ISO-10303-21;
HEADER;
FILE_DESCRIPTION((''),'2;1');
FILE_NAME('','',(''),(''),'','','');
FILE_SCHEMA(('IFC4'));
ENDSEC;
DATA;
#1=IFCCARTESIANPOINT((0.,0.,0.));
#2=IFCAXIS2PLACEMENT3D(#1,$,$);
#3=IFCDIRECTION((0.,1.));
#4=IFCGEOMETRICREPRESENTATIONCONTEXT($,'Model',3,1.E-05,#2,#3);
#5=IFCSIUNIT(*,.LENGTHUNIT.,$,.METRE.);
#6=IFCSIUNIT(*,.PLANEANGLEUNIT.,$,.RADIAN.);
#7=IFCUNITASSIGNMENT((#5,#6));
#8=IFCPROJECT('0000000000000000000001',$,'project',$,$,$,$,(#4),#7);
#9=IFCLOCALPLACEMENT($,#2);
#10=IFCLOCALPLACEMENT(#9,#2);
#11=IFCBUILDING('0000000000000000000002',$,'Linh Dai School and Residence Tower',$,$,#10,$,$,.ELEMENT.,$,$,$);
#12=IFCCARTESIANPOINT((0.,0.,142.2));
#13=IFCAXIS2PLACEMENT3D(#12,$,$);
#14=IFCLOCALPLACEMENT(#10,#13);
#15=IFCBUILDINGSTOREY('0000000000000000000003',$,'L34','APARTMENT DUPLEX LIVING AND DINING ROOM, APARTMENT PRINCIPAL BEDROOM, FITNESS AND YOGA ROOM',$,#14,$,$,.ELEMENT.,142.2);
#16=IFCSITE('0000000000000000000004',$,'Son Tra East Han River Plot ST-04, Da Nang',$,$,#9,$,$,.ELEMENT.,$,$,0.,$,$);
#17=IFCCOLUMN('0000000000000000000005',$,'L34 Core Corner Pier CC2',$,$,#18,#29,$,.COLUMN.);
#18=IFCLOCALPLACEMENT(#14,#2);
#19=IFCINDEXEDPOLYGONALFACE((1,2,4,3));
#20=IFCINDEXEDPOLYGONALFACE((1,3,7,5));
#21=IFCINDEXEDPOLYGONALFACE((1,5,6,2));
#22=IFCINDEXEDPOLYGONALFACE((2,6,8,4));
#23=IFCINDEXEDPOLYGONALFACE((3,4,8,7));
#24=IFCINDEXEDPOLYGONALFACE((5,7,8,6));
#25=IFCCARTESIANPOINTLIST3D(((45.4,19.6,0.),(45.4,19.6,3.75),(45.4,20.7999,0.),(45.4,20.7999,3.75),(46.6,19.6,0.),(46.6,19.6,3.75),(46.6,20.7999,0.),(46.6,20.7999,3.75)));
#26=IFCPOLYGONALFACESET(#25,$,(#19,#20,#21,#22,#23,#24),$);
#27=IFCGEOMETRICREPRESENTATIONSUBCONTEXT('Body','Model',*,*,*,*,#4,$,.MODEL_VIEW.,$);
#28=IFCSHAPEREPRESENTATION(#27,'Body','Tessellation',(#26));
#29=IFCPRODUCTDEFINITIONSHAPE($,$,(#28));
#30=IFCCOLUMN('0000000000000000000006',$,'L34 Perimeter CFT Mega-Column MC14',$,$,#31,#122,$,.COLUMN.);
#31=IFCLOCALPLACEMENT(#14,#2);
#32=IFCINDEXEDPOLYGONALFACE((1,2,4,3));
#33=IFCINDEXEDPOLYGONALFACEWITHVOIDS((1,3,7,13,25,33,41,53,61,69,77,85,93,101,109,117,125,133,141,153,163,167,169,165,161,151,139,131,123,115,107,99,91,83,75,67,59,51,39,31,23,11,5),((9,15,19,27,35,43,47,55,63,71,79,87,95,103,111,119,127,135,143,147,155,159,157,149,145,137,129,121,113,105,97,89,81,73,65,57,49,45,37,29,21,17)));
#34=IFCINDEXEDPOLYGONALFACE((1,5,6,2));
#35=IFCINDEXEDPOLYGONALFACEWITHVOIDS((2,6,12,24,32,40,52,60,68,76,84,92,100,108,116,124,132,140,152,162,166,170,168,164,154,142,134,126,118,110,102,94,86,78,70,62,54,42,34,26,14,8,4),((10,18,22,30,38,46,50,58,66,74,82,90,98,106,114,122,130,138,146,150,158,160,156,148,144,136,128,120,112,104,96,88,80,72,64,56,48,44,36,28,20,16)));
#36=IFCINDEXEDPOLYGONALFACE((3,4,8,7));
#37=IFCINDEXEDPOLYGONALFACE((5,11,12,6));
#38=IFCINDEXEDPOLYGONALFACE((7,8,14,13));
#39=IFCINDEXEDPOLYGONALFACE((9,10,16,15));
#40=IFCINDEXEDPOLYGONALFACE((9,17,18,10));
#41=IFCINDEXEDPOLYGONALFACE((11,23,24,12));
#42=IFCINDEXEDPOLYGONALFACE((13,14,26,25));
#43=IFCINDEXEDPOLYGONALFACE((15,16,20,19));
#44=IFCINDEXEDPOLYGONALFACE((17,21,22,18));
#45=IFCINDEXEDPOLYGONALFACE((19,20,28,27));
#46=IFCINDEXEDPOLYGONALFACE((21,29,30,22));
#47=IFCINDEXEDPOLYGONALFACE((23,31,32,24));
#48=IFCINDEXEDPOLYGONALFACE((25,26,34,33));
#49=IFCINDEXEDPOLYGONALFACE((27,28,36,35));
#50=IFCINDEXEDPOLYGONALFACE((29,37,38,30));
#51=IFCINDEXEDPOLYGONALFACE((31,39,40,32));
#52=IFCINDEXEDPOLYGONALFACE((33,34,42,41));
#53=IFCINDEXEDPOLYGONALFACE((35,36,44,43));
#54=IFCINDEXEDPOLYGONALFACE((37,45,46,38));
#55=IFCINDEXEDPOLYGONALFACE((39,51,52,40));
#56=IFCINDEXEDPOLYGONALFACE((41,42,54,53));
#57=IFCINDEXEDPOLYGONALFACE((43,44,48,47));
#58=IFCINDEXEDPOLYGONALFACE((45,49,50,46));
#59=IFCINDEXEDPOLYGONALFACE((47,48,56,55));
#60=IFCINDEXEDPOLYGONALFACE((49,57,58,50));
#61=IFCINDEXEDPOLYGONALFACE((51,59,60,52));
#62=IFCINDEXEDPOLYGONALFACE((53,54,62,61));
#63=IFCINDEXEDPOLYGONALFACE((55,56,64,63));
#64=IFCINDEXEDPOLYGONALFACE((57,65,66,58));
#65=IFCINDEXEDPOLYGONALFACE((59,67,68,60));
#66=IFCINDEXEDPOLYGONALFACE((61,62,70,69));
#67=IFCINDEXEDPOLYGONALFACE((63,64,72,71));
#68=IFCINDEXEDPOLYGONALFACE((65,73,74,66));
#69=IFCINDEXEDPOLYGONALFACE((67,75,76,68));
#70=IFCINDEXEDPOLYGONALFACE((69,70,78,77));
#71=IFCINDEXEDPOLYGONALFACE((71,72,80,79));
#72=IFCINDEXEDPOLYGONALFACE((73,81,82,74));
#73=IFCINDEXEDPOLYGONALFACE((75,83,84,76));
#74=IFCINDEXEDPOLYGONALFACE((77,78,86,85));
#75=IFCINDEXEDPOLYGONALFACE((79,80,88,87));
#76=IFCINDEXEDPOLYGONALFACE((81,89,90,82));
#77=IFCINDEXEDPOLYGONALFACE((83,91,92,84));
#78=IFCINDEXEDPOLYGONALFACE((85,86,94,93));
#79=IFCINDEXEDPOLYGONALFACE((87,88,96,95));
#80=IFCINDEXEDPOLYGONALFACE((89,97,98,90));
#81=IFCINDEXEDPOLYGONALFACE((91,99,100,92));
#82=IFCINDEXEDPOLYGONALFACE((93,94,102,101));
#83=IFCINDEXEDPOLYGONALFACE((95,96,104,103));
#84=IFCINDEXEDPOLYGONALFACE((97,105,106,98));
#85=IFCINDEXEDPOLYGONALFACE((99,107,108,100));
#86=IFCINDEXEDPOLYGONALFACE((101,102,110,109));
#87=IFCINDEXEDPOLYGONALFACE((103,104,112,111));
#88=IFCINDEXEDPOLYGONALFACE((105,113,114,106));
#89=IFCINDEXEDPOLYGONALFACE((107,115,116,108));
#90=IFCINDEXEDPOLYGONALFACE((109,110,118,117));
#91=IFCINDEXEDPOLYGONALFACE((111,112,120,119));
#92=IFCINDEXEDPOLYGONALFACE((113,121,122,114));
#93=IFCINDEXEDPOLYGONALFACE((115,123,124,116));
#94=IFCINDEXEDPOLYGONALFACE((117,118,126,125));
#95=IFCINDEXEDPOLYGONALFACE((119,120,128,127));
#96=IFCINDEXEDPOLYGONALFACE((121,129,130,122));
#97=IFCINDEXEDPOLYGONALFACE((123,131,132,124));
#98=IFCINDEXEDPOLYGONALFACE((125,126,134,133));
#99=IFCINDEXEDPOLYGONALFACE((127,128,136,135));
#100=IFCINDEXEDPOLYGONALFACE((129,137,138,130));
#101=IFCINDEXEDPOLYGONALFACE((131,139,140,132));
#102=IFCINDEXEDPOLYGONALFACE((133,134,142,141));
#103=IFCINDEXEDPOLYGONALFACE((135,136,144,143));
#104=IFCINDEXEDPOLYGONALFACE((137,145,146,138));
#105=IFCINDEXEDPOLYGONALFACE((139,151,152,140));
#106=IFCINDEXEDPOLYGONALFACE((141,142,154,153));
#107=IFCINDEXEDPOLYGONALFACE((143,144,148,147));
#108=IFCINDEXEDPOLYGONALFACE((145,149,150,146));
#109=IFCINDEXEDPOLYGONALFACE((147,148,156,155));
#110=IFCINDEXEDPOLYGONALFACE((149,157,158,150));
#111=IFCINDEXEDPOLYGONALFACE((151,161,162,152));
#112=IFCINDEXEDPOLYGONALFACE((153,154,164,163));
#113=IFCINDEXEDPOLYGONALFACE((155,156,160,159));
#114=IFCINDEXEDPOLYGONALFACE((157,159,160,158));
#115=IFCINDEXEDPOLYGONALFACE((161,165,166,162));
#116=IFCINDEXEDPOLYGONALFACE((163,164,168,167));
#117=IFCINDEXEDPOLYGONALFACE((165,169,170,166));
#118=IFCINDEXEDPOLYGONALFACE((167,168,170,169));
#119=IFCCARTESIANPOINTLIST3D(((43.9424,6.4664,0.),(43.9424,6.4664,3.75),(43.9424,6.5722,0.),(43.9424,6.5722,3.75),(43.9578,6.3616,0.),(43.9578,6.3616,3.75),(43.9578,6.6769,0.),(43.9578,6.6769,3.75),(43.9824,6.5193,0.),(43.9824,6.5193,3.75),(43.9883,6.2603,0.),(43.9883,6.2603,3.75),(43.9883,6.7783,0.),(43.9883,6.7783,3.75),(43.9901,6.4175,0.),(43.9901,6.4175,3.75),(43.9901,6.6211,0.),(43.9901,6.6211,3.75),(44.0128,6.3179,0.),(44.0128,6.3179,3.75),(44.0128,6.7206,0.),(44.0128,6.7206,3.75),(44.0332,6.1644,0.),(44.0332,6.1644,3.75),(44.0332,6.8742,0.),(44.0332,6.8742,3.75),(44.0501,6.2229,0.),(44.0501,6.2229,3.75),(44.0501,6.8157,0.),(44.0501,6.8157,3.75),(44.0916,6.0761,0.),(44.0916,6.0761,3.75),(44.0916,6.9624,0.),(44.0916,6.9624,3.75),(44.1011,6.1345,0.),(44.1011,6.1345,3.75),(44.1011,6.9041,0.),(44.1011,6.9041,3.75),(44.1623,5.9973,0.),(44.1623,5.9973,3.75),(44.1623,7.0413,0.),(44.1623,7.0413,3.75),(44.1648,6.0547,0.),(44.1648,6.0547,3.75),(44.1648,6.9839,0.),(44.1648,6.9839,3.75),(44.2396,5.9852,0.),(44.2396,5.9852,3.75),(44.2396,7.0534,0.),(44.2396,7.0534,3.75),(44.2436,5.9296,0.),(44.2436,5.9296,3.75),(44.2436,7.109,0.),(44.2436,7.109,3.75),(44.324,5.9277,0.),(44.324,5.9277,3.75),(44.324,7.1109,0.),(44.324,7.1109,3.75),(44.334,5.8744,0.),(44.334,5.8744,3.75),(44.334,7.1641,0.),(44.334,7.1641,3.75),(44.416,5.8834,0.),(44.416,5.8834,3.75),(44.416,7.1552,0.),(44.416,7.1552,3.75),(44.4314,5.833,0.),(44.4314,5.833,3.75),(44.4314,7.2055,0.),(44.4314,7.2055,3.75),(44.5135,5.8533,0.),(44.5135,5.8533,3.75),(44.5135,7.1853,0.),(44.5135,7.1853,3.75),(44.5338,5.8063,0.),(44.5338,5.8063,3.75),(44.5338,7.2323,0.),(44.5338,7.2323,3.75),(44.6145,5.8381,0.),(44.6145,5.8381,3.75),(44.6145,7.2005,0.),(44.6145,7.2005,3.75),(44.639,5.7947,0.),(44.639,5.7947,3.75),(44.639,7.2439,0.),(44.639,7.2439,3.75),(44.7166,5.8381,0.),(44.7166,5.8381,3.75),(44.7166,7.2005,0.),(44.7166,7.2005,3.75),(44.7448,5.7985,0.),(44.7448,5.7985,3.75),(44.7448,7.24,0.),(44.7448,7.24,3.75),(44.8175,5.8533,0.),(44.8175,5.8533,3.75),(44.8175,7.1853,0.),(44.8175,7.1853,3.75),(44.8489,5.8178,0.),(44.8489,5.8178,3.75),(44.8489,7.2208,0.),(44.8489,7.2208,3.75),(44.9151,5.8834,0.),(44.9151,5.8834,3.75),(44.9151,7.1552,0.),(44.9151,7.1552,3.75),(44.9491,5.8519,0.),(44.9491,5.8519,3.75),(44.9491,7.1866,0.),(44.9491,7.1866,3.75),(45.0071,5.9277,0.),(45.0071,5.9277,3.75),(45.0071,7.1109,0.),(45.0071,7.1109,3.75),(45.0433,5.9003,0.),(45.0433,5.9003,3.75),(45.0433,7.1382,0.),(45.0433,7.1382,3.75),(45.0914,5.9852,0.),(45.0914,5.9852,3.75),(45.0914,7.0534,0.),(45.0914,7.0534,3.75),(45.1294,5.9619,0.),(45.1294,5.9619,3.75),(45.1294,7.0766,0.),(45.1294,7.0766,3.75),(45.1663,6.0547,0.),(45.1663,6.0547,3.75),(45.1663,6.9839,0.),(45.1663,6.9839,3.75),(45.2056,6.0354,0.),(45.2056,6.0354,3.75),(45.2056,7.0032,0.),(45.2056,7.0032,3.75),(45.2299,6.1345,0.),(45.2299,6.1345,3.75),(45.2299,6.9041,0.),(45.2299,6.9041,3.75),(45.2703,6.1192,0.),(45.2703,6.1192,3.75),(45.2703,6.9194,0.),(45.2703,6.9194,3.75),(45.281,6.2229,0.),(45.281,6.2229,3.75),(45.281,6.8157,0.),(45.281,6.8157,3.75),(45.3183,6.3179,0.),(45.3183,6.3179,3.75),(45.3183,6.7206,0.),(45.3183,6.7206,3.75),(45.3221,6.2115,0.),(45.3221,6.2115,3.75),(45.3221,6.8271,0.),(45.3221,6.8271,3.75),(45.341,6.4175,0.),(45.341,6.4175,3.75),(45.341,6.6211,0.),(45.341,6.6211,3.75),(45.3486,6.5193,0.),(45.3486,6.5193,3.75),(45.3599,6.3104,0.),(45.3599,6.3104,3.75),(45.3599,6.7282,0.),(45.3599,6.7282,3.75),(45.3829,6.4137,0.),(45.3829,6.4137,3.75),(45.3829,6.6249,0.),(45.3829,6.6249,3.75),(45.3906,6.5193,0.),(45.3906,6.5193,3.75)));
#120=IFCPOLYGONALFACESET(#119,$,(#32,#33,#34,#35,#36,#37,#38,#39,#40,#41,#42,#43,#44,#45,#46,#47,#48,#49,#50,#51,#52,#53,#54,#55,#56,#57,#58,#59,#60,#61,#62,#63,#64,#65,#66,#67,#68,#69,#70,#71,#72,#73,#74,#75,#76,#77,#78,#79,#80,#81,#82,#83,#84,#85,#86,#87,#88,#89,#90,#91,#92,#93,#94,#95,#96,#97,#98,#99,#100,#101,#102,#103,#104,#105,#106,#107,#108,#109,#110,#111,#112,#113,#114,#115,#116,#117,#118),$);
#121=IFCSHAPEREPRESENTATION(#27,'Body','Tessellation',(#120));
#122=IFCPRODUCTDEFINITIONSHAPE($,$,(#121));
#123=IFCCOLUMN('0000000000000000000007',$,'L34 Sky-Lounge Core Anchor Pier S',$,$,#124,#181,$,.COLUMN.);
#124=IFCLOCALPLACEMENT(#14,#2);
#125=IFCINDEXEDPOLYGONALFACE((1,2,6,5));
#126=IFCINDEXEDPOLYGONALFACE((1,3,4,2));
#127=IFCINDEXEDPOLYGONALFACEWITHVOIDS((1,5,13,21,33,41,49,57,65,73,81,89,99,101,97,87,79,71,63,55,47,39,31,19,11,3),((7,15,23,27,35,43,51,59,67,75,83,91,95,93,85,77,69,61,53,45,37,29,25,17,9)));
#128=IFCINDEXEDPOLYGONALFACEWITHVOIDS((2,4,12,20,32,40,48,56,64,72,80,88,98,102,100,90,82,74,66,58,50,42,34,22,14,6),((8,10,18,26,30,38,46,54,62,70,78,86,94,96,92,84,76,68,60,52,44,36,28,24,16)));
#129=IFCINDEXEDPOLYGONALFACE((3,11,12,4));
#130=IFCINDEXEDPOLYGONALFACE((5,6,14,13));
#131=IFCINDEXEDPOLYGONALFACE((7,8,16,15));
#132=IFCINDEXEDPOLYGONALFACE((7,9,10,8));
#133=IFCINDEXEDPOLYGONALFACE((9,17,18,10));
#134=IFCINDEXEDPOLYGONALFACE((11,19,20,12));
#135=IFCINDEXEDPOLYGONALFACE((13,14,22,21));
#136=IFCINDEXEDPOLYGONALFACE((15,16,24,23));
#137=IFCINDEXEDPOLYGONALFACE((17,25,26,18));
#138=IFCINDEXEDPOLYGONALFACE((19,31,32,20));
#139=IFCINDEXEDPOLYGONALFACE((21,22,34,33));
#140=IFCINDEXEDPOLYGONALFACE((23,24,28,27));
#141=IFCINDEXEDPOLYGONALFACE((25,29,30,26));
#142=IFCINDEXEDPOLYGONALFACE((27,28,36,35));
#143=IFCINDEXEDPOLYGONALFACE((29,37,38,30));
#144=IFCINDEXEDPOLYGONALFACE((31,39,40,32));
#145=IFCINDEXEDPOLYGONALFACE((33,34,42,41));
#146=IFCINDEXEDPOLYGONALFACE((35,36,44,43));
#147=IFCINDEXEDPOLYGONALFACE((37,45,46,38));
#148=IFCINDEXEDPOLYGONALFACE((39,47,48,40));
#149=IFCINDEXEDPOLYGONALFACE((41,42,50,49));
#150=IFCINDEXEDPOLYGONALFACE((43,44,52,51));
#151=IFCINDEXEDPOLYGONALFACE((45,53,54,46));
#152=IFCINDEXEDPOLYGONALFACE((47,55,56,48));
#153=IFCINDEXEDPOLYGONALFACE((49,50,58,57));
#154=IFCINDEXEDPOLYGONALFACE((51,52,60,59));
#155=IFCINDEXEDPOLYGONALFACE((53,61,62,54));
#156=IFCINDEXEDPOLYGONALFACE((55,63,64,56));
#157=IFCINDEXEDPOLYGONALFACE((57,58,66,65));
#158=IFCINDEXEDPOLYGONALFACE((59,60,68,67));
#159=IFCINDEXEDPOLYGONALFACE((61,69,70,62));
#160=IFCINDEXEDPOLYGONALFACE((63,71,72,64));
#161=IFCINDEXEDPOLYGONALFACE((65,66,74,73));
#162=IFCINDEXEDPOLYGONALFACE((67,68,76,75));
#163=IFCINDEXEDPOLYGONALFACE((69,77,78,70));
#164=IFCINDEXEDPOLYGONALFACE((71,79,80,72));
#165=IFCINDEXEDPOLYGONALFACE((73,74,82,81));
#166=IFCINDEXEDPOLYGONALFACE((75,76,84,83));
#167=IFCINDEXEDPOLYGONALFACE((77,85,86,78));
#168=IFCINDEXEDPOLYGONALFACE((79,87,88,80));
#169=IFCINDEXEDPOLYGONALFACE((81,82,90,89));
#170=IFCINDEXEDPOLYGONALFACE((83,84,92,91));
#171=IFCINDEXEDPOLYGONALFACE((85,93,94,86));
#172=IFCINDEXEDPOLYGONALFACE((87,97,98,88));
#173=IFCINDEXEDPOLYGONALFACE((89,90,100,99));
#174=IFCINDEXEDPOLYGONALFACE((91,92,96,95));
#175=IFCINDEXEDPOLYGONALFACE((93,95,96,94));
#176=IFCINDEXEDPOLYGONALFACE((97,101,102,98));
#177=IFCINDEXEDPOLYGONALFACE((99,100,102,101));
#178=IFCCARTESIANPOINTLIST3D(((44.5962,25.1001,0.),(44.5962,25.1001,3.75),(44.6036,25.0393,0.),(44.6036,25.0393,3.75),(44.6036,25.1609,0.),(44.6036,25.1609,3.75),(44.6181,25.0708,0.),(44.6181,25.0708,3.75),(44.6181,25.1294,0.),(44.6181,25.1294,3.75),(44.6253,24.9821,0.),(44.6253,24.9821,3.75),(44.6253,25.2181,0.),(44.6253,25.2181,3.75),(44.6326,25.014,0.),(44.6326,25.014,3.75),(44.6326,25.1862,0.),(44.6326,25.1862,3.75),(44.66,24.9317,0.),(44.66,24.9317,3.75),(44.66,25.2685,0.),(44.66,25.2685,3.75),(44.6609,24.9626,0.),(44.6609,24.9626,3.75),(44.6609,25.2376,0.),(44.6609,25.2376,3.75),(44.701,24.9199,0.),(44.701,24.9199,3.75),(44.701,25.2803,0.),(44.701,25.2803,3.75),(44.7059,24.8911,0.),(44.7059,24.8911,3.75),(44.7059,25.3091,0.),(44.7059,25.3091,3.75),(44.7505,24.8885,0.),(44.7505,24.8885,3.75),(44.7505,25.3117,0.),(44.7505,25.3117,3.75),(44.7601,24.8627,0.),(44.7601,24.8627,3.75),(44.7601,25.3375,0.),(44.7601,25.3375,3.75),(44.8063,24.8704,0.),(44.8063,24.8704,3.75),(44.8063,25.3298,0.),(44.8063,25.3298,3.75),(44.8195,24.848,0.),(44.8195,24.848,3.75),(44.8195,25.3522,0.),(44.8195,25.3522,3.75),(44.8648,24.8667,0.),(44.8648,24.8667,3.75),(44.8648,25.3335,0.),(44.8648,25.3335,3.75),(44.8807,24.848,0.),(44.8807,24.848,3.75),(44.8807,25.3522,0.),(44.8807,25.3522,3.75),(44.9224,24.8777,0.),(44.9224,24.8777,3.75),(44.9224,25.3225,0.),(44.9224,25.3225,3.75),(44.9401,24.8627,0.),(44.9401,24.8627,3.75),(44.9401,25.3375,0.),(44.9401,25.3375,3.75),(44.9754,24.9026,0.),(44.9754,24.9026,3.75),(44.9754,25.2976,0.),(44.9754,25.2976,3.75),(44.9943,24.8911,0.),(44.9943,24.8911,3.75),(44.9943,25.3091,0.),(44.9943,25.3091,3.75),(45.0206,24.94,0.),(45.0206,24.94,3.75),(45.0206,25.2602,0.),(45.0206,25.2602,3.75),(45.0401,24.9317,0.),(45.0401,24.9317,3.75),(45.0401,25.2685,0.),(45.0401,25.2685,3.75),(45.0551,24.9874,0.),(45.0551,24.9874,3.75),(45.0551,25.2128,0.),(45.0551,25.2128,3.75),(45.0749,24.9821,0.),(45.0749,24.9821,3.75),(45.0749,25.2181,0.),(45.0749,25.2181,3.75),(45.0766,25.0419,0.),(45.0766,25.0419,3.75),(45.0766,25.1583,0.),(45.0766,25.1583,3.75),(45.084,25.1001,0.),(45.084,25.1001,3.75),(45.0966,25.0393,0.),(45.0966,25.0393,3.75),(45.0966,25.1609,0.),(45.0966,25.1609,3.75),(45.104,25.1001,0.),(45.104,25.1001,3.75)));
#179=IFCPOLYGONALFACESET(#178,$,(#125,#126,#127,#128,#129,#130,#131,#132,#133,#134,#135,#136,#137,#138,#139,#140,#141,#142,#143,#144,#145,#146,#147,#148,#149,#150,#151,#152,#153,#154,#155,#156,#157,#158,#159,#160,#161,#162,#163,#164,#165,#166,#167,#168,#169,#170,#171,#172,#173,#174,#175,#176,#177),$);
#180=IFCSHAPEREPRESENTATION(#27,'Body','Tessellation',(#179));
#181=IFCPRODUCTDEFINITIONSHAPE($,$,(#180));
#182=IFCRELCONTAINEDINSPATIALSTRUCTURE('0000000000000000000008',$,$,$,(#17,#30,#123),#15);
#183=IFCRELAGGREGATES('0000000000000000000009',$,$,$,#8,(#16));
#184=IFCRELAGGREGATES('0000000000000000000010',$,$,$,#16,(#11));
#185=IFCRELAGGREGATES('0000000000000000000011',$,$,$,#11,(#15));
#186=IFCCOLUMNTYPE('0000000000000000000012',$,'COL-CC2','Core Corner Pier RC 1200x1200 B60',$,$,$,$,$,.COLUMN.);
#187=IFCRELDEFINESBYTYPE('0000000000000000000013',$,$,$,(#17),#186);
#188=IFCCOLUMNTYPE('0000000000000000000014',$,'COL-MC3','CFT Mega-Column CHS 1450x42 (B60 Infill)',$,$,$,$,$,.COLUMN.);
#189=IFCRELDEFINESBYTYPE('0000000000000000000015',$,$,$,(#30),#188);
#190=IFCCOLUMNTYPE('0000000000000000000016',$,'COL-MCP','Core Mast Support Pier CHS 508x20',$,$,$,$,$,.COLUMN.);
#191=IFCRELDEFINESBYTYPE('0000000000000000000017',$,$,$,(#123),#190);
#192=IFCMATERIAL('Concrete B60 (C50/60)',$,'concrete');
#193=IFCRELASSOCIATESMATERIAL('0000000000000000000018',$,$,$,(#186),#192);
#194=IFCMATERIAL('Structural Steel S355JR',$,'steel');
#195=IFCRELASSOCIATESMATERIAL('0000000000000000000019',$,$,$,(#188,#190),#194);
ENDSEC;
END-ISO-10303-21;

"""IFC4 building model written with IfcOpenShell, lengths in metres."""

from ifc_helpers import new_model, si_unit, direction, frame, origin, origin_2d, place, context, subcontext, project, spatial, rectangle, hollow_circle, extrude, material, material_profile, profile_set, type_object, element, save


model = new_model("IFC4")

# Units and contexts
model_context = context("Model", 3, precision=1e-05, world=origin(), true_north=direction((0.0, 1.0)))
body_context = subcontext(model_context, "Body", "Model", "MODEL_VIEW")
ifc_project = project(units=[si_unit("LENGTHUNIT", "METRE"), si_unit("PLANEANGLEUNIT", "RADIAN")], contexts=[model_context])

# Site, building, storey
site_placement = place(None, origin())
site = spatial("IfcSite", under=ifc_project, at=site_placement, Name="Son Tra East Han River Plot ST-04, Da Nang", CompositionType="ELEMENT", RefElevation=0.0)
building_placement = place(site_placement, origin())
building = spatial("IfcBuilding", under=site, at=building_placement, Name="Linh Dai School and Residence Tower", CompositionType="ELEMENT")
storey_placement = place(building_placement, frame((0.0, 0.0, 142.2)))
storey = spatial("IfcBuildingStorey", under=building, at=storey_placement, Name="L34", Description="APARTMENT DUPLEX LIVING AND DINING ROOM, APARTMENT PRINCIPAL BEDROOM, FITNESS AND YOGA ROOM", CompositionType="ELEMENT", Elevation=142.2)

# Columns
ifc_material_1 = material(Name="Concrete B60 (C50/60)", Category="concrete")
ifc_material_profile_1 = material_profile(ifc_material_1, rectangle(XDim=1.2, YDim=1.2, at=origin_2d()), Name="RC 1200x1200")
ifc_profile_set_1 = profile_set([ifc_material_profile_1], Name="Concrete B60 (C50/60)")
column_type_1 = type_object("IfcColumnType", Name="COL-CC2", Description="Core Corner Pier RC 1200x1200 B60", PredefinedType="COLUMN", material=ifc_profile_set_1)
column_1_placement = place(storey_placement, frame((46.0, 20.2, 0.0), z_axis=(0.0, 0.0, 1.0), x_axis=(1.0, 0.0, 0.0)))
element("IfcColumn", 1, at=column_1_placement, inside=storey, type_object=column_type_1, Name="L34 Core Corner Pier CC2", PredefinedType="COLUMN", context=body_context, shape_type="SweptSolid", body=[
    extrude(rectangle(XDim=1.2, YDim=1.2, at=origin_2d()), origin(), (0.0, 0.0, 1.0), 3.75),
])
ifc_material_2 = material(Name="Structural Steel S355JR", Category="steel")
ifc_material_profile_2 = material_profile(ifc_material_2, hollow_circle(Radius=0.7251, WallThickness=0.042, at=origin_2d()), Name="CHS 1450x42")
ifc_profile_set_2 = profile_set([ifc_material_profile_2], Name="Structural Steel S355JR")
column_type_2 = type_object("IfcColumnType", Name="COL-MC3", Description="CFT Mega-Column CHS 1450x42 (B60 Infill)", PredefinedType="COLUMN", material=ifc_profile_set_2)
column_2_placement = place(storey_placement, frame((44.6655, 6.5193, 0.0), z_axis=(0.0, 0.0, 1.0), x_axis=(1.0, 0.0, 0.0)))
element("IfcColumn", 2, at=column_2_placement, inside=storey, type_object=column_type_2, Name="L34 Perimeter CFT Mega-Column MC14", PredefinedType="COLUMN", context=body_context, shape_type="SweptSolid", body=[
    extrude(hollow_circle(Radius=0.7251, WallThickness=0.042, at=origin_2d()), origin(), (0.0, 0.0, 1.0), 3.75),
])
ifc_material_profile_3 = material_profile(ifc_material_2, hollow_circle(Radius=0.2539, WallThickness=0.02, at=origin_2d()), Name="CHS 508x20")
ifc_profile_set_3 = profile_set([ifc_material_profile_3], Name="Structural Steel S355JR")
column_type_3 = type_object("IfcColumnType", Name="COL-MCP", Description="Core Mast Support Pier CHS 508x20", PredefinedType="COLUMN", material=ifc_profile_set_3)
column_3_placement = place(storey_placement, frame((44.8501, 25.1001, 0.0), z_axis=(0.0, 0.0, 1.0), x_axis=(1.0, 0.0, 0.0)))
element("IfcColumn", 3, at=column_3_placement, inside=storey, type_object=column_type_3, Name="L34 Sky-Lounge Core Anchor Pier S", PredefinedType="COLUMN", context=body_context, shape_type="SweptSolid", body=[
    extrude(hollow_circle(Radius=0.2539, WallThickness=0.02, at=origin_2d()), origin(), (0.0, 0.0, 1.0), 3.75),
])

save(model, "model.ifc")
